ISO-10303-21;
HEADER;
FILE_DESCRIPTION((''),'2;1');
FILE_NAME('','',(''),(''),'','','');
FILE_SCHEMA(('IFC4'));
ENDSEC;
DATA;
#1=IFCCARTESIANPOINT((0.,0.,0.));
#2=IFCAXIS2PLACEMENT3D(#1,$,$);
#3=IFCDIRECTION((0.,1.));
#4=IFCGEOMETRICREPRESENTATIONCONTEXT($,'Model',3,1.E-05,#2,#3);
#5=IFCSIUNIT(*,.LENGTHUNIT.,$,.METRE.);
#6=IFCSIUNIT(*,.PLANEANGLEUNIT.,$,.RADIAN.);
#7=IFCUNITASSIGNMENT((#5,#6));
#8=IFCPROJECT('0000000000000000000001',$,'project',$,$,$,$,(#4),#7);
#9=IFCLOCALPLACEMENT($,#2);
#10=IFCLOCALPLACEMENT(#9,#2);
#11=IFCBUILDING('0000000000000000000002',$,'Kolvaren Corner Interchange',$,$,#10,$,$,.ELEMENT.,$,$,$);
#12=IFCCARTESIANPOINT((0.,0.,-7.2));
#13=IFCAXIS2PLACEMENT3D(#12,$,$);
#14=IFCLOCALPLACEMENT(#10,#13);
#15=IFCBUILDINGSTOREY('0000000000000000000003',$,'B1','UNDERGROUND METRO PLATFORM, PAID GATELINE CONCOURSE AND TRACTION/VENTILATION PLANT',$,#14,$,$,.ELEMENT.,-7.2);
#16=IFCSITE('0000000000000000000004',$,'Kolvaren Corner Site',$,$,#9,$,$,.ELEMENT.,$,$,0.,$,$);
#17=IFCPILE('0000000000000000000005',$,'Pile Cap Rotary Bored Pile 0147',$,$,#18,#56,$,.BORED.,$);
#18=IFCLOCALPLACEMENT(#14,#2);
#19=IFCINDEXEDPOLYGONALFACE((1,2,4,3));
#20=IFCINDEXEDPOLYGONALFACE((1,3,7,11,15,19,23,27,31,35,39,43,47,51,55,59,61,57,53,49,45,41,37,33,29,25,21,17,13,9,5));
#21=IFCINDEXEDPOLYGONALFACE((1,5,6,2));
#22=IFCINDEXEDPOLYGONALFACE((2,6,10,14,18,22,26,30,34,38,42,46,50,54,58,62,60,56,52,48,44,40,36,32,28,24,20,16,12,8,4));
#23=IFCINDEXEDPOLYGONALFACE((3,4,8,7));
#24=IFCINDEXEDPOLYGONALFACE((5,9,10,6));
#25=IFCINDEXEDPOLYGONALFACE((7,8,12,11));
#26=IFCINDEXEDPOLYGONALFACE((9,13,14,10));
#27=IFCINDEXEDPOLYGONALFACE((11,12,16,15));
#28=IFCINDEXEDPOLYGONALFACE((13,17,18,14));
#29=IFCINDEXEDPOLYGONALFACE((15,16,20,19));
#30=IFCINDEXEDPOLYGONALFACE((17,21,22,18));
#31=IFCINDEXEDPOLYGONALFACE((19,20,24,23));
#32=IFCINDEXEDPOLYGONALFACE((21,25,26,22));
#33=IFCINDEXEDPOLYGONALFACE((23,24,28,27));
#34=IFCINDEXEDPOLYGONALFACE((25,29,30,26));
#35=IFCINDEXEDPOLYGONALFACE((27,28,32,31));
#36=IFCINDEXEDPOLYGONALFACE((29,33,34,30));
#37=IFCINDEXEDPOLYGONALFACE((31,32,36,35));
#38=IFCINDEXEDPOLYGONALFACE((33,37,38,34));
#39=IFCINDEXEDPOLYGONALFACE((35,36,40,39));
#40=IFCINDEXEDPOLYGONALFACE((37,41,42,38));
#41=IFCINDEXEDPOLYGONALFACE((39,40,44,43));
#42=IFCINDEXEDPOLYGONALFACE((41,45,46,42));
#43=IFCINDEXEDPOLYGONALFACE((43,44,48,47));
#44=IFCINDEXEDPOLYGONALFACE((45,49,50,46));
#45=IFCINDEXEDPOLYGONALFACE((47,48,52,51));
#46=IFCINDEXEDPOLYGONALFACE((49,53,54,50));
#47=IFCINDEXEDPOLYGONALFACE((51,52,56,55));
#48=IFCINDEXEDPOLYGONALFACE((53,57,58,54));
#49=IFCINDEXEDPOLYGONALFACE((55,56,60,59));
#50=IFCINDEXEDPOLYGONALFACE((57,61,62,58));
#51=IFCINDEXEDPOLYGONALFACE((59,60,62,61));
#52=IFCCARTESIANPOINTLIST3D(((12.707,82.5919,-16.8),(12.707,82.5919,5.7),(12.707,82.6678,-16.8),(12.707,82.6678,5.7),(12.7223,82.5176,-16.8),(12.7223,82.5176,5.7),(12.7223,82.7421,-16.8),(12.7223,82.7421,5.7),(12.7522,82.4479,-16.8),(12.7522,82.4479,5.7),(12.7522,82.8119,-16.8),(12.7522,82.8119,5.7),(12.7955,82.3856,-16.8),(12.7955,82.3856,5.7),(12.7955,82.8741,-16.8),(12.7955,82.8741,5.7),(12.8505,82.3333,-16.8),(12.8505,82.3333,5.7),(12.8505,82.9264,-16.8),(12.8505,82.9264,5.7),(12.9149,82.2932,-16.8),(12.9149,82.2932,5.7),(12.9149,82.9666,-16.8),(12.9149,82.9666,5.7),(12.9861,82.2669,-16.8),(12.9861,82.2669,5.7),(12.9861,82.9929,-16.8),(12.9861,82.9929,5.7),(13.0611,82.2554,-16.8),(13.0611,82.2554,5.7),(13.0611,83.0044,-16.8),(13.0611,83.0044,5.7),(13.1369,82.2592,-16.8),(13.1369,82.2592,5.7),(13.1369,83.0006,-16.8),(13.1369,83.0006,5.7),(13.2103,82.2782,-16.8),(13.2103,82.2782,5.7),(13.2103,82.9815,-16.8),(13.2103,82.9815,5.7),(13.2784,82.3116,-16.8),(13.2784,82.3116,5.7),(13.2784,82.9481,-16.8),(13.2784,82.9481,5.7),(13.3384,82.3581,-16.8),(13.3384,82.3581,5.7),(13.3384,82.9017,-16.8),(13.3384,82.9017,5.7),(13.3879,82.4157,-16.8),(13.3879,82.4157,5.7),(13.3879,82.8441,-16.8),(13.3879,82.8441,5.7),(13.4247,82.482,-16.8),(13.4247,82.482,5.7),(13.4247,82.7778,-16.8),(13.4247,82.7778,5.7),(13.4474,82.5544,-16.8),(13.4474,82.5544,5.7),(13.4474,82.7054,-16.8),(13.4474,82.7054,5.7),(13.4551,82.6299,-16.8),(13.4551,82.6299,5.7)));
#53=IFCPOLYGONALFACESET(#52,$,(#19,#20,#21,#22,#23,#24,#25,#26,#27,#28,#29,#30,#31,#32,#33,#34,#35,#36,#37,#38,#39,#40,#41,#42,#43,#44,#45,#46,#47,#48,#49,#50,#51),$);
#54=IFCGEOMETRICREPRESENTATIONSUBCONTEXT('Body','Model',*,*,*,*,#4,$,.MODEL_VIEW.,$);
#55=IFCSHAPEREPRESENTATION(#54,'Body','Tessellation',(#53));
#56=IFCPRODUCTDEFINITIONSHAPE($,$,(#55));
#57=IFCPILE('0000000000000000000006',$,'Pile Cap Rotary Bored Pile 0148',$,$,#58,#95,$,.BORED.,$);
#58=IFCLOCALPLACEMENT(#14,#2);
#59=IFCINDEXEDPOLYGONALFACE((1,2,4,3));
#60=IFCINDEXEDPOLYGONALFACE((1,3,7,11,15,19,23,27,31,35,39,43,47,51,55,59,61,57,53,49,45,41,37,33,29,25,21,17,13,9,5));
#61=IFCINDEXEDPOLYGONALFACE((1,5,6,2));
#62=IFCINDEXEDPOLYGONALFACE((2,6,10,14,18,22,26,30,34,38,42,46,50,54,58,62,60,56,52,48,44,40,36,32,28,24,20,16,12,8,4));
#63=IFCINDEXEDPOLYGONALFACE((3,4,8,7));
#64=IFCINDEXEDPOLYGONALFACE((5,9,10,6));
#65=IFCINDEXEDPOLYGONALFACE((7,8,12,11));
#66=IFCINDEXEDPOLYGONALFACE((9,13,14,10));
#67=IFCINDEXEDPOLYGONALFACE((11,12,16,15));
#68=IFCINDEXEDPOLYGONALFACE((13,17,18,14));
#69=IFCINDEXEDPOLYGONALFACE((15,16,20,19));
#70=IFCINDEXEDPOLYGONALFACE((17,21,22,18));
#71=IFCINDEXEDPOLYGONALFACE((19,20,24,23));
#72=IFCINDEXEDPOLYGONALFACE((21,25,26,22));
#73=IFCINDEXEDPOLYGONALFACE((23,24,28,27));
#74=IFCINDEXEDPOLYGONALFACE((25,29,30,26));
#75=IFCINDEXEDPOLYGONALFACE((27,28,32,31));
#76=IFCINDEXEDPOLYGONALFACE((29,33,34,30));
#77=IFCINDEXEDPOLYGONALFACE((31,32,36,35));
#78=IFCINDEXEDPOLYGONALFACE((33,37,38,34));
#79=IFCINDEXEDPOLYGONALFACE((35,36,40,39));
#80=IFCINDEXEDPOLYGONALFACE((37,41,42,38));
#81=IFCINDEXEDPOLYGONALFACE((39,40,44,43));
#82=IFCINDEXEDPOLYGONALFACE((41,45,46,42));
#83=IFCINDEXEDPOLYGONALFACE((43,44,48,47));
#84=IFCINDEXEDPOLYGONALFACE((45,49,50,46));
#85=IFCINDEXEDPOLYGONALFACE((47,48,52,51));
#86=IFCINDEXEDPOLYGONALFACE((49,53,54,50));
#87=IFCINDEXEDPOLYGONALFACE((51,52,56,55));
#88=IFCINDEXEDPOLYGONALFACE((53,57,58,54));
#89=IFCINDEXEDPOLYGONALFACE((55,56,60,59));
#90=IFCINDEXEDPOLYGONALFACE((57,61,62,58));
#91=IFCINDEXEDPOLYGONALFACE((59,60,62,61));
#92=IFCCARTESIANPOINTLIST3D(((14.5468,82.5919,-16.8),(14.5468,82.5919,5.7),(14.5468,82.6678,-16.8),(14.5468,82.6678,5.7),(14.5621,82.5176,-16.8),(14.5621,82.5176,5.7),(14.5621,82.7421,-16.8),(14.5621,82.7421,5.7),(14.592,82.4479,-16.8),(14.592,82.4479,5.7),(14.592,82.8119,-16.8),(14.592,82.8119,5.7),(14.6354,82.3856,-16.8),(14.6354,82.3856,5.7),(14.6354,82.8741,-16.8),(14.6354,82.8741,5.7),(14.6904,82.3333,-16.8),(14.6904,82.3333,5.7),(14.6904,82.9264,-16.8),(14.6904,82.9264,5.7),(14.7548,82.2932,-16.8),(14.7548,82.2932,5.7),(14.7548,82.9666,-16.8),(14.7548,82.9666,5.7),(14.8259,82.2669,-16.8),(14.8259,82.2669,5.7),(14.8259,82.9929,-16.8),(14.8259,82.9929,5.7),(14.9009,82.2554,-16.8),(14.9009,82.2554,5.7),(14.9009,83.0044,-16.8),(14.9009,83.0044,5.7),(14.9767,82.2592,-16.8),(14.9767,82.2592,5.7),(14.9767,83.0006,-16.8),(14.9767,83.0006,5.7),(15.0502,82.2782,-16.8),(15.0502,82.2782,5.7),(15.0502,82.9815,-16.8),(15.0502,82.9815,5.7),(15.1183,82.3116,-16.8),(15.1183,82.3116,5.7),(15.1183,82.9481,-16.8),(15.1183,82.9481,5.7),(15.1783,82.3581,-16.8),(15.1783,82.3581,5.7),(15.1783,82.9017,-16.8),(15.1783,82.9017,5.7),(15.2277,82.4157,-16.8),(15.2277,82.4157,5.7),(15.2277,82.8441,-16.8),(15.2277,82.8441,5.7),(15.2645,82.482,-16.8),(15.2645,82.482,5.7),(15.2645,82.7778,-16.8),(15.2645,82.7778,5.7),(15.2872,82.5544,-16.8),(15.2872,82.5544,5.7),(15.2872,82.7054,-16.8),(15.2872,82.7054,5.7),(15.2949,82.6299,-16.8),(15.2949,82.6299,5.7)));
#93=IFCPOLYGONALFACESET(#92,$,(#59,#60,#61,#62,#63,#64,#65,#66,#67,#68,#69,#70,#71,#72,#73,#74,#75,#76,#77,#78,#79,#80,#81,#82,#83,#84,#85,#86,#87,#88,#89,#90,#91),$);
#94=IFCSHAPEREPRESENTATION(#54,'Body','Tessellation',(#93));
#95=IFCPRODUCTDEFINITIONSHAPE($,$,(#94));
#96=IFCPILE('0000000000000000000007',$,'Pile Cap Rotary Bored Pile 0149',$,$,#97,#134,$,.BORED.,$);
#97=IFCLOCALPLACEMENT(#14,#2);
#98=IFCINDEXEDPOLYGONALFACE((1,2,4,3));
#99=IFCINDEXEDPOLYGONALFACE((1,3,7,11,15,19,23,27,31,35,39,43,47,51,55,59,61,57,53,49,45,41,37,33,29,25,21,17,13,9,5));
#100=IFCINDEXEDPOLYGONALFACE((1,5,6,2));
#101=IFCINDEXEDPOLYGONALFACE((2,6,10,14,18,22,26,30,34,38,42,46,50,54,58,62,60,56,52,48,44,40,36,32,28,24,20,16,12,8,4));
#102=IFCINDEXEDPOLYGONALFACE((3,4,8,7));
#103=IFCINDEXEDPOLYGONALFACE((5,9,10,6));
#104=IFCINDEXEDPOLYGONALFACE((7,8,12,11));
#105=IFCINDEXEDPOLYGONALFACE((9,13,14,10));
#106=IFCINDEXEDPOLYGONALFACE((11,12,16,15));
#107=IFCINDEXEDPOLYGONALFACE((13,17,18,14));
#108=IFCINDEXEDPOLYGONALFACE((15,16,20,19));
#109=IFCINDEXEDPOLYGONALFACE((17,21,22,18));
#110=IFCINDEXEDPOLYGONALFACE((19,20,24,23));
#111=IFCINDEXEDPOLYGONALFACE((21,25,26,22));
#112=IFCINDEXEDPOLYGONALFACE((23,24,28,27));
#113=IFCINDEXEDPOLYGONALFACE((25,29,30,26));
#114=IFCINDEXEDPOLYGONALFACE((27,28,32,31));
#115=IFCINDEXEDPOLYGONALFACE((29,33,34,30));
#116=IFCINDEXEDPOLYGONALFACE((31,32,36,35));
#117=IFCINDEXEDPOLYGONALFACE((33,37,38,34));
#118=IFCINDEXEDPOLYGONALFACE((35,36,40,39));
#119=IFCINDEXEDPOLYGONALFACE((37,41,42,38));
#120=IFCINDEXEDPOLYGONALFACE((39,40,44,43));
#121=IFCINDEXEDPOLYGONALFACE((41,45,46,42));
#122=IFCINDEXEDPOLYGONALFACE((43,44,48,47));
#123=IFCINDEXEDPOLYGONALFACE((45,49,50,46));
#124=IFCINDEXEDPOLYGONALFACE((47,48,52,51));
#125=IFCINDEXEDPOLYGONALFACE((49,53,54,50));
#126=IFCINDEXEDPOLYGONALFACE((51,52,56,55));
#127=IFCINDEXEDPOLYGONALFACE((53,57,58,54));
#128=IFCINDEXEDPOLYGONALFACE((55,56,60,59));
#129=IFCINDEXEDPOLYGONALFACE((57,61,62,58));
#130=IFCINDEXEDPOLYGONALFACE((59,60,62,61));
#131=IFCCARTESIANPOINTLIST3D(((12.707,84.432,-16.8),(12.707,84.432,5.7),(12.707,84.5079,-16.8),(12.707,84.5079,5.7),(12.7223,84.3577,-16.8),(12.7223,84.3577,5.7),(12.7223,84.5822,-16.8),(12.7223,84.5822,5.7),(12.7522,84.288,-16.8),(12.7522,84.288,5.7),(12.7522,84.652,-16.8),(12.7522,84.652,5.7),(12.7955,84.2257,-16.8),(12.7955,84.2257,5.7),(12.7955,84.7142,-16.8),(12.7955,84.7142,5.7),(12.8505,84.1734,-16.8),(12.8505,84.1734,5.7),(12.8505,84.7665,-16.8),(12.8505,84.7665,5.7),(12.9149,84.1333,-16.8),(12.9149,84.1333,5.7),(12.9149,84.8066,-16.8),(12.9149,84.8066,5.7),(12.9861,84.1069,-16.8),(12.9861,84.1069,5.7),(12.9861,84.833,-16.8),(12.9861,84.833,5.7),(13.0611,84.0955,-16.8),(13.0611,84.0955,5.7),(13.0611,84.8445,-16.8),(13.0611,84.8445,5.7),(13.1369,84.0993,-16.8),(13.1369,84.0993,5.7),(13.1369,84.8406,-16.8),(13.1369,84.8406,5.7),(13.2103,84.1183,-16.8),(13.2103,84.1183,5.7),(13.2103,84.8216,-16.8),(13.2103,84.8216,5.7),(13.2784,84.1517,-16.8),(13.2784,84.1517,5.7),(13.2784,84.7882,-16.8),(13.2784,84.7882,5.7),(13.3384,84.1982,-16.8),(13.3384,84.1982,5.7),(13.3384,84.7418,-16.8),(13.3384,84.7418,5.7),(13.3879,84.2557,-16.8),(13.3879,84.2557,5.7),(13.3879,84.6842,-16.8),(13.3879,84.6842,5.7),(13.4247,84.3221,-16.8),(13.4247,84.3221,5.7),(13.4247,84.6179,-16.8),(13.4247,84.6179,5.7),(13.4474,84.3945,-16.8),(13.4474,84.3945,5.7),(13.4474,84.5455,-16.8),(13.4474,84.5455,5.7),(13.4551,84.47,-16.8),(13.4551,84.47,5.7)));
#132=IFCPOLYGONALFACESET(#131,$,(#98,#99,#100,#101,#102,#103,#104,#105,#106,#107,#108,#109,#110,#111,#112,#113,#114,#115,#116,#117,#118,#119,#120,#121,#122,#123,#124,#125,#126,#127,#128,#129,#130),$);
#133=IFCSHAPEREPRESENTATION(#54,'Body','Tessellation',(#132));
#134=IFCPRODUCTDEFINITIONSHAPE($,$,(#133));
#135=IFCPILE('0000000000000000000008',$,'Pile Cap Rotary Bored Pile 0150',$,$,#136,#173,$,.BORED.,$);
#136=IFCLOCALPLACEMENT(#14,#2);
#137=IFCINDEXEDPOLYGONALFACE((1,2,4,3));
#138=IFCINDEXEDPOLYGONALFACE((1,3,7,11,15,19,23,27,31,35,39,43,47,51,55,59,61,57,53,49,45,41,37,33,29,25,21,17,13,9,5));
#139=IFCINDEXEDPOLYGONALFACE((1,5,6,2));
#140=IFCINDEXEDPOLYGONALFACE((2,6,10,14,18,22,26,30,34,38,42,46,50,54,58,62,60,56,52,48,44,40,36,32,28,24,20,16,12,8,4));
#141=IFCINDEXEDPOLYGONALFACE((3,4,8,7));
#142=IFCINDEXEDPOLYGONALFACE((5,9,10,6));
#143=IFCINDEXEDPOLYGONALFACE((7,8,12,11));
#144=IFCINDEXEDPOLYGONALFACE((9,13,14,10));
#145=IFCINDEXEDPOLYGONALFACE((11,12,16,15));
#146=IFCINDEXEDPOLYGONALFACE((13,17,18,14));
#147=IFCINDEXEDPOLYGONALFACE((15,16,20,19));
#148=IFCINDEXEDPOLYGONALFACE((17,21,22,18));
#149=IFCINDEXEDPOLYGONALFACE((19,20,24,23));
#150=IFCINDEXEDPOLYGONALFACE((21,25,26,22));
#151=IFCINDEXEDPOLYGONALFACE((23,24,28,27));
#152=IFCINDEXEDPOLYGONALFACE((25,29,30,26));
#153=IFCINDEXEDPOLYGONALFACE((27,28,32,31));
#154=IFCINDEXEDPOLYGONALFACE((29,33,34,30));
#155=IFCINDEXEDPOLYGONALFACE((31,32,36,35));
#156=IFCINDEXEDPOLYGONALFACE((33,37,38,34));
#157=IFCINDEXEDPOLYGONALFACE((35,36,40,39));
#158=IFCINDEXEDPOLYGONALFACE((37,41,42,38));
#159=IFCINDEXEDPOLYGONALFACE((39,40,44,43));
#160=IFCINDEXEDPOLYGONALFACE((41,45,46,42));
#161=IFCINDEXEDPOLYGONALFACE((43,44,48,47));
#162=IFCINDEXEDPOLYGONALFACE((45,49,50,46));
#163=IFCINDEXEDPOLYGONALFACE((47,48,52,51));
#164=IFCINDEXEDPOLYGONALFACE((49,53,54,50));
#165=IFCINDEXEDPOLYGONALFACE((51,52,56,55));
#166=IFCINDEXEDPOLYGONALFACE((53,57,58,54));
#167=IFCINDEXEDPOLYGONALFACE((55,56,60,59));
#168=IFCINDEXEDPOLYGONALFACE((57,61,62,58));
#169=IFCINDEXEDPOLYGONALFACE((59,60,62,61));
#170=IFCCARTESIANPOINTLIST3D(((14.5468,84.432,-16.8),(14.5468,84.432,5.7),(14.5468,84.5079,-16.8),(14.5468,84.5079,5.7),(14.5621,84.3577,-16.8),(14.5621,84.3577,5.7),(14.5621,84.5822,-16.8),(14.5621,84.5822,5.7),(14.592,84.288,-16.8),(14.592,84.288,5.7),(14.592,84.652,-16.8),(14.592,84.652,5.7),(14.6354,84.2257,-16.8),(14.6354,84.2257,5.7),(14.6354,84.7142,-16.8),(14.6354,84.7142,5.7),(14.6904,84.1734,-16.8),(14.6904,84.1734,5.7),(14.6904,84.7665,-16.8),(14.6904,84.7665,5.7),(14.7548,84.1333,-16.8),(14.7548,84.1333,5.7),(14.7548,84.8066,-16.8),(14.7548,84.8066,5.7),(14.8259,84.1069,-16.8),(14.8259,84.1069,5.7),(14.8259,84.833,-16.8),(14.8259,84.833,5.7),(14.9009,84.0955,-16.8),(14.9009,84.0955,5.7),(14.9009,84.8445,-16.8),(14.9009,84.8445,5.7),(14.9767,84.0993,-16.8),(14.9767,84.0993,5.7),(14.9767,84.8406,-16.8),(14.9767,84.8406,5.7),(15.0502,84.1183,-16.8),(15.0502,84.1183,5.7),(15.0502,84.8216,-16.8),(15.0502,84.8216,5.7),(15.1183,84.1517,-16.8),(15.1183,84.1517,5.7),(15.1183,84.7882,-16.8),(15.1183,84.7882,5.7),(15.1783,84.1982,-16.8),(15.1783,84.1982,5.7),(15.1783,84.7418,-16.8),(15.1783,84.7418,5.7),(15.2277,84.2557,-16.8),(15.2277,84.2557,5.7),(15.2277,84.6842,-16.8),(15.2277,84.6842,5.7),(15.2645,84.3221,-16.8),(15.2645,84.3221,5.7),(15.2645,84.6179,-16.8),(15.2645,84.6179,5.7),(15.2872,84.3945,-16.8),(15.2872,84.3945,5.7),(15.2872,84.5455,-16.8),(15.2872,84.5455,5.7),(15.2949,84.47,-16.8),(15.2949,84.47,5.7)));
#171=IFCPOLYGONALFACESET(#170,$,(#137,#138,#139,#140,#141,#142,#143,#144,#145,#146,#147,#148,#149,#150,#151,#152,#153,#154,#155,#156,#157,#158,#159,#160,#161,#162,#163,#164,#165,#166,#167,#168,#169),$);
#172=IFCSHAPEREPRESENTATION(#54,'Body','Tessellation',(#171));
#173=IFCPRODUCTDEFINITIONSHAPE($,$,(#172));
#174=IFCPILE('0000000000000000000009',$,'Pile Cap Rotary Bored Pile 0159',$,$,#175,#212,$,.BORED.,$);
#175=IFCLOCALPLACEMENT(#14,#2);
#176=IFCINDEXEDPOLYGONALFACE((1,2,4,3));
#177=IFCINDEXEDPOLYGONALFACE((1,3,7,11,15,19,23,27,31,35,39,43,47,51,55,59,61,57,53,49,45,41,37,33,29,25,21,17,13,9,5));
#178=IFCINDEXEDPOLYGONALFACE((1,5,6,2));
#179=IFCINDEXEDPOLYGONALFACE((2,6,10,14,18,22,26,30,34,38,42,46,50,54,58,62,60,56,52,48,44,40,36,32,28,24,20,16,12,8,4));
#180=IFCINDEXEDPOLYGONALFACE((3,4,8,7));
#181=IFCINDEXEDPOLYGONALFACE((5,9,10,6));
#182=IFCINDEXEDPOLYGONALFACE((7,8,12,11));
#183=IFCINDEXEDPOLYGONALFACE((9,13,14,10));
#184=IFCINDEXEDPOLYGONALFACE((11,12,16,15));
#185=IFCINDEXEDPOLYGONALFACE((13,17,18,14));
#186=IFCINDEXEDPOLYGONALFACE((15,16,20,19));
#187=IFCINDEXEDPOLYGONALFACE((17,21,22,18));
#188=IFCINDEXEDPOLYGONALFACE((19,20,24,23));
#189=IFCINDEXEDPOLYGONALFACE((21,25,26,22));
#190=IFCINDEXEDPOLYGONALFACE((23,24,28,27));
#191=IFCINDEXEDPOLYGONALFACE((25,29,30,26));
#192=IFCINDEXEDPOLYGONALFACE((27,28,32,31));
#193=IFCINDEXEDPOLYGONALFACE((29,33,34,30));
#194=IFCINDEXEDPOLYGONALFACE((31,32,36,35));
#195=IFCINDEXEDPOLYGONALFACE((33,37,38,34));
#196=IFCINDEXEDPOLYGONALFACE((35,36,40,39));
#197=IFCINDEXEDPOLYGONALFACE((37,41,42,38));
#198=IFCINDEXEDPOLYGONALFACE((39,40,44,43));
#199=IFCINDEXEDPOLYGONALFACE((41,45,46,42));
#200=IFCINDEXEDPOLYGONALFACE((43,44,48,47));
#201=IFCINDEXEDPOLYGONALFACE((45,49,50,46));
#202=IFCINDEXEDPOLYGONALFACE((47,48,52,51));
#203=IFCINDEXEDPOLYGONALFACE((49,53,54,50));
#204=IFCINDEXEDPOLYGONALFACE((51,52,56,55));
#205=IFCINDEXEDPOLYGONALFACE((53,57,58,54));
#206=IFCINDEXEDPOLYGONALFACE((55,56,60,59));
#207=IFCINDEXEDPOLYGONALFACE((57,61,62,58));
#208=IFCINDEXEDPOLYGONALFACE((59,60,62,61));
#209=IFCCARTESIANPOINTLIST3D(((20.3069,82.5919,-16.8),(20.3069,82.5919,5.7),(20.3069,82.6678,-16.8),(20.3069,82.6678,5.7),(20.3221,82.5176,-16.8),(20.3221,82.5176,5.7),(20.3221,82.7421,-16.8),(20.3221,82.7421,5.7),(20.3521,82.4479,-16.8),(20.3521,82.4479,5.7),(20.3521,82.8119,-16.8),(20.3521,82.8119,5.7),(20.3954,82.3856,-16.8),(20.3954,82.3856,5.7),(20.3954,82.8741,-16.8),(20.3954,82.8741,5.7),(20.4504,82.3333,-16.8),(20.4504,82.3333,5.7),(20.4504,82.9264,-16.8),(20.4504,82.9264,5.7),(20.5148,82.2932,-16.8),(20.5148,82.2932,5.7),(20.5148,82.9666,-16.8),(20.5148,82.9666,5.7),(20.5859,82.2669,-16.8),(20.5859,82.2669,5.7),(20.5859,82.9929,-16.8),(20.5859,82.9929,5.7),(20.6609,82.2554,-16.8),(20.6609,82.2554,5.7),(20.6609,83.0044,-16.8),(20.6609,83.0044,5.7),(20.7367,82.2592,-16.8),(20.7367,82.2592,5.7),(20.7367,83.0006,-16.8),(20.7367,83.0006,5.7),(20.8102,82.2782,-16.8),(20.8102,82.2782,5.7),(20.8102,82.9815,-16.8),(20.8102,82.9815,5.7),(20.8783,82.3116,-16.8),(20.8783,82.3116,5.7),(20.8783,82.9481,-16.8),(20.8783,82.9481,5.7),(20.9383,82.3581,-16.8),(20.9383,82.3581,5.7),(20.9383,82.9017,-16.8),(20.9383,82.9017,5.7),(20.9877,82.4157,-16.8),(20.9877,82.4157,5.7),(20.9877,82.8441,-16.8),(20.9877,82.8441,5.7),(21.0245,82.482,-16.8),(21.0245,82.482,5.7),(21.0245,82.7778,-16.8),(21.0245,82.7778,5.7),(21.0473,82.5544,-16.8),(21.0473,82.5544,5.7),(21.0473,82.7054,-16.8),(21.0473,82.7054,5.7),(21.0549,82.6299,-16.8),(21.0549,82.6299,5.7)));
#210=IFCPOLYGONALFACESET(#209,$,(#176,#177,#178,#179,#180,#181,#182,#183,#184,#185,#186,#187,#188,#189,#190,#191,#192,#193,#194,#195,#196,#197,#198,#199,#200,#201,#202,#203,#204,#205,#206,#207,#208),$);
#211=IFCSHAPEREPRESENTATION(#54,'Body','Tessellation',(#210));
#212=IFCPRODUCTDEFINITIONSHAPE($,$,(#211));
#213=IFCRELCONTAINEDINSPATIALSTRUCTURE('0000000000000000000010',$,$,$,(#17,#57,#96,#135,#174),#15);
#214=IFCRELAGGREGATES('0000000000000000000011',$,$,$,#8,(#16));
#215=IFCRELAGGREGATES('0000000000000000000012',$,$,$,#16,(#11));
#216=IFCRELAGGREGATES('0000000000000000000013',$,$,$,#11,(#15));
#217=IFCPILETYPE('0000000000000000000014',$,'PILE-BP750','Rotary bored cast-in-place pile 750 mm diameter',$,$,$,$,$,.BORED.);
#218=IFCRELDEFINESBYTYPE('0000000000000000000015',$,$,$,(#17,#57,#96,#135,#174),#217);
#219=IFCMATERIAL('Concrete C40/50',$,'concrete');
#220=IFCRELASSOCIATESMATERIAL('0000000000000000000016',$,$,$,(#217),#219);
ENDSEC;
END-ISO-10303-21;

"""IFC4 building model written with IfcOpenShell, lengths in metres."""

from ifc_helpers import new_model, si_unit, direction, frame, origin, origin_2d, place, context, subcontext, project, spatial, circle, extrude, material, material_profile, profile_set, type_object, element, save


model = new_model("IFC4")

# Units and contexts
model_context = context("Model", 3, precision=1e-05, world=origin(), true_north=direction((0.0, 1.0)))
body_context = subcontext(model_context, "Body", "Model", "MODEL_VIEW")
ifc_project = project(units=[si_unit("LENGTHUNIT", "METRE"), si_unit("PLANEANGLEUNIT", "RADIAN")], contexts=[model_context])

# Site, building, storey
site_placement = place(None, origin())
site = spatial("IfcSite", under=ifc_project, at=site_placement, Name="Kolvaren Corner Site", CompositionType="ELEMENT", RefElevation=0.0)
building_placement = place(site_placement, origin())
building = spatial("IfcBuilding", under=site, at=building_placement, Name="Kolvaren Corner Interchange", CompositionType="ELEMENT")
storey_placement = place(building_placement, frame((0.0, 0.0, -7.2)))
storey = spatial("IfcBuildingStorey", under=building, at=storey_placement, Name="B1", Description="UNDERGROUND METRO PLATFORM, PAID GATELINE CONCOURSE AND TRACTION/VENTILATION PLANT", CompositionType="ELEMENT", Elevation=-7.2)

# Piles
ifc_material_1 = material(Name="Concrete C40/50", Category="concrete")
ifc_material_profile_1 = material_profile(ifc_material_1, circle(Radius=0.375, at=origin_2d()), Name="BORED PILE 750")
ifc_profile_set_1 = profile_set([ifc_material_profile_1], Name="Concrete C40/50")
pile_type_1 = type_object("IfcPileType", Name="PILE-BP750", Description="Rotary bored cast-in-place pile 750 mm diameter", PredefinedType="BORED", material=ifc_profile_set_1)
for number, where, z_axis, x_axis, name in (
    (1, (13.0801, 82.6299, 5.7), (0.0, 0.0, -1.0), (1.0, 0.0, 0.0), "Pile Cap Rotary Bored Pile 0147"),
    (2, (14.9199, 82.6299, 5.7), (0.0, 0.0, -1.0), (1.0, 0.0, 0.0), "Pile Cap Rotary Bored Pile 0148"),
    (3, (13.0801, 84.47, 5.7), (0.0, 0.0, -1.0), (1.0, 0.0, 0.0), "Pile Cap Rotary Bored Pile 0149"),
    (4, (14.9199, 84.47, 5.7), (0.0, 0.0, -1.0), (1.0, 0.0, 0.0), "Pile Cap Rotary Bored Pile 0150"),
    (5, (20.6799, 82.6299, 5.7), (0.0, 0.0, -1.0), (1.0, 0.0, 0.0), "Pile Cap Rotary Bored Pile 0159"),
):
    element("IfcPile", number, at=place(storey_placement, frame(where, z_axis=z_axis, x_axis=x_axis)), inside=storey, type_object=pile_type_1, Name=name, PredefinedType="BORED", context=body_context, shape_type="SweptSolid", body=[
        extrude(circle(Radius=0.375, at=origin_2d()), origin(), (0.0, 0.0, 1.0), 22.5),
    ])

save(model, "model.ifc")
